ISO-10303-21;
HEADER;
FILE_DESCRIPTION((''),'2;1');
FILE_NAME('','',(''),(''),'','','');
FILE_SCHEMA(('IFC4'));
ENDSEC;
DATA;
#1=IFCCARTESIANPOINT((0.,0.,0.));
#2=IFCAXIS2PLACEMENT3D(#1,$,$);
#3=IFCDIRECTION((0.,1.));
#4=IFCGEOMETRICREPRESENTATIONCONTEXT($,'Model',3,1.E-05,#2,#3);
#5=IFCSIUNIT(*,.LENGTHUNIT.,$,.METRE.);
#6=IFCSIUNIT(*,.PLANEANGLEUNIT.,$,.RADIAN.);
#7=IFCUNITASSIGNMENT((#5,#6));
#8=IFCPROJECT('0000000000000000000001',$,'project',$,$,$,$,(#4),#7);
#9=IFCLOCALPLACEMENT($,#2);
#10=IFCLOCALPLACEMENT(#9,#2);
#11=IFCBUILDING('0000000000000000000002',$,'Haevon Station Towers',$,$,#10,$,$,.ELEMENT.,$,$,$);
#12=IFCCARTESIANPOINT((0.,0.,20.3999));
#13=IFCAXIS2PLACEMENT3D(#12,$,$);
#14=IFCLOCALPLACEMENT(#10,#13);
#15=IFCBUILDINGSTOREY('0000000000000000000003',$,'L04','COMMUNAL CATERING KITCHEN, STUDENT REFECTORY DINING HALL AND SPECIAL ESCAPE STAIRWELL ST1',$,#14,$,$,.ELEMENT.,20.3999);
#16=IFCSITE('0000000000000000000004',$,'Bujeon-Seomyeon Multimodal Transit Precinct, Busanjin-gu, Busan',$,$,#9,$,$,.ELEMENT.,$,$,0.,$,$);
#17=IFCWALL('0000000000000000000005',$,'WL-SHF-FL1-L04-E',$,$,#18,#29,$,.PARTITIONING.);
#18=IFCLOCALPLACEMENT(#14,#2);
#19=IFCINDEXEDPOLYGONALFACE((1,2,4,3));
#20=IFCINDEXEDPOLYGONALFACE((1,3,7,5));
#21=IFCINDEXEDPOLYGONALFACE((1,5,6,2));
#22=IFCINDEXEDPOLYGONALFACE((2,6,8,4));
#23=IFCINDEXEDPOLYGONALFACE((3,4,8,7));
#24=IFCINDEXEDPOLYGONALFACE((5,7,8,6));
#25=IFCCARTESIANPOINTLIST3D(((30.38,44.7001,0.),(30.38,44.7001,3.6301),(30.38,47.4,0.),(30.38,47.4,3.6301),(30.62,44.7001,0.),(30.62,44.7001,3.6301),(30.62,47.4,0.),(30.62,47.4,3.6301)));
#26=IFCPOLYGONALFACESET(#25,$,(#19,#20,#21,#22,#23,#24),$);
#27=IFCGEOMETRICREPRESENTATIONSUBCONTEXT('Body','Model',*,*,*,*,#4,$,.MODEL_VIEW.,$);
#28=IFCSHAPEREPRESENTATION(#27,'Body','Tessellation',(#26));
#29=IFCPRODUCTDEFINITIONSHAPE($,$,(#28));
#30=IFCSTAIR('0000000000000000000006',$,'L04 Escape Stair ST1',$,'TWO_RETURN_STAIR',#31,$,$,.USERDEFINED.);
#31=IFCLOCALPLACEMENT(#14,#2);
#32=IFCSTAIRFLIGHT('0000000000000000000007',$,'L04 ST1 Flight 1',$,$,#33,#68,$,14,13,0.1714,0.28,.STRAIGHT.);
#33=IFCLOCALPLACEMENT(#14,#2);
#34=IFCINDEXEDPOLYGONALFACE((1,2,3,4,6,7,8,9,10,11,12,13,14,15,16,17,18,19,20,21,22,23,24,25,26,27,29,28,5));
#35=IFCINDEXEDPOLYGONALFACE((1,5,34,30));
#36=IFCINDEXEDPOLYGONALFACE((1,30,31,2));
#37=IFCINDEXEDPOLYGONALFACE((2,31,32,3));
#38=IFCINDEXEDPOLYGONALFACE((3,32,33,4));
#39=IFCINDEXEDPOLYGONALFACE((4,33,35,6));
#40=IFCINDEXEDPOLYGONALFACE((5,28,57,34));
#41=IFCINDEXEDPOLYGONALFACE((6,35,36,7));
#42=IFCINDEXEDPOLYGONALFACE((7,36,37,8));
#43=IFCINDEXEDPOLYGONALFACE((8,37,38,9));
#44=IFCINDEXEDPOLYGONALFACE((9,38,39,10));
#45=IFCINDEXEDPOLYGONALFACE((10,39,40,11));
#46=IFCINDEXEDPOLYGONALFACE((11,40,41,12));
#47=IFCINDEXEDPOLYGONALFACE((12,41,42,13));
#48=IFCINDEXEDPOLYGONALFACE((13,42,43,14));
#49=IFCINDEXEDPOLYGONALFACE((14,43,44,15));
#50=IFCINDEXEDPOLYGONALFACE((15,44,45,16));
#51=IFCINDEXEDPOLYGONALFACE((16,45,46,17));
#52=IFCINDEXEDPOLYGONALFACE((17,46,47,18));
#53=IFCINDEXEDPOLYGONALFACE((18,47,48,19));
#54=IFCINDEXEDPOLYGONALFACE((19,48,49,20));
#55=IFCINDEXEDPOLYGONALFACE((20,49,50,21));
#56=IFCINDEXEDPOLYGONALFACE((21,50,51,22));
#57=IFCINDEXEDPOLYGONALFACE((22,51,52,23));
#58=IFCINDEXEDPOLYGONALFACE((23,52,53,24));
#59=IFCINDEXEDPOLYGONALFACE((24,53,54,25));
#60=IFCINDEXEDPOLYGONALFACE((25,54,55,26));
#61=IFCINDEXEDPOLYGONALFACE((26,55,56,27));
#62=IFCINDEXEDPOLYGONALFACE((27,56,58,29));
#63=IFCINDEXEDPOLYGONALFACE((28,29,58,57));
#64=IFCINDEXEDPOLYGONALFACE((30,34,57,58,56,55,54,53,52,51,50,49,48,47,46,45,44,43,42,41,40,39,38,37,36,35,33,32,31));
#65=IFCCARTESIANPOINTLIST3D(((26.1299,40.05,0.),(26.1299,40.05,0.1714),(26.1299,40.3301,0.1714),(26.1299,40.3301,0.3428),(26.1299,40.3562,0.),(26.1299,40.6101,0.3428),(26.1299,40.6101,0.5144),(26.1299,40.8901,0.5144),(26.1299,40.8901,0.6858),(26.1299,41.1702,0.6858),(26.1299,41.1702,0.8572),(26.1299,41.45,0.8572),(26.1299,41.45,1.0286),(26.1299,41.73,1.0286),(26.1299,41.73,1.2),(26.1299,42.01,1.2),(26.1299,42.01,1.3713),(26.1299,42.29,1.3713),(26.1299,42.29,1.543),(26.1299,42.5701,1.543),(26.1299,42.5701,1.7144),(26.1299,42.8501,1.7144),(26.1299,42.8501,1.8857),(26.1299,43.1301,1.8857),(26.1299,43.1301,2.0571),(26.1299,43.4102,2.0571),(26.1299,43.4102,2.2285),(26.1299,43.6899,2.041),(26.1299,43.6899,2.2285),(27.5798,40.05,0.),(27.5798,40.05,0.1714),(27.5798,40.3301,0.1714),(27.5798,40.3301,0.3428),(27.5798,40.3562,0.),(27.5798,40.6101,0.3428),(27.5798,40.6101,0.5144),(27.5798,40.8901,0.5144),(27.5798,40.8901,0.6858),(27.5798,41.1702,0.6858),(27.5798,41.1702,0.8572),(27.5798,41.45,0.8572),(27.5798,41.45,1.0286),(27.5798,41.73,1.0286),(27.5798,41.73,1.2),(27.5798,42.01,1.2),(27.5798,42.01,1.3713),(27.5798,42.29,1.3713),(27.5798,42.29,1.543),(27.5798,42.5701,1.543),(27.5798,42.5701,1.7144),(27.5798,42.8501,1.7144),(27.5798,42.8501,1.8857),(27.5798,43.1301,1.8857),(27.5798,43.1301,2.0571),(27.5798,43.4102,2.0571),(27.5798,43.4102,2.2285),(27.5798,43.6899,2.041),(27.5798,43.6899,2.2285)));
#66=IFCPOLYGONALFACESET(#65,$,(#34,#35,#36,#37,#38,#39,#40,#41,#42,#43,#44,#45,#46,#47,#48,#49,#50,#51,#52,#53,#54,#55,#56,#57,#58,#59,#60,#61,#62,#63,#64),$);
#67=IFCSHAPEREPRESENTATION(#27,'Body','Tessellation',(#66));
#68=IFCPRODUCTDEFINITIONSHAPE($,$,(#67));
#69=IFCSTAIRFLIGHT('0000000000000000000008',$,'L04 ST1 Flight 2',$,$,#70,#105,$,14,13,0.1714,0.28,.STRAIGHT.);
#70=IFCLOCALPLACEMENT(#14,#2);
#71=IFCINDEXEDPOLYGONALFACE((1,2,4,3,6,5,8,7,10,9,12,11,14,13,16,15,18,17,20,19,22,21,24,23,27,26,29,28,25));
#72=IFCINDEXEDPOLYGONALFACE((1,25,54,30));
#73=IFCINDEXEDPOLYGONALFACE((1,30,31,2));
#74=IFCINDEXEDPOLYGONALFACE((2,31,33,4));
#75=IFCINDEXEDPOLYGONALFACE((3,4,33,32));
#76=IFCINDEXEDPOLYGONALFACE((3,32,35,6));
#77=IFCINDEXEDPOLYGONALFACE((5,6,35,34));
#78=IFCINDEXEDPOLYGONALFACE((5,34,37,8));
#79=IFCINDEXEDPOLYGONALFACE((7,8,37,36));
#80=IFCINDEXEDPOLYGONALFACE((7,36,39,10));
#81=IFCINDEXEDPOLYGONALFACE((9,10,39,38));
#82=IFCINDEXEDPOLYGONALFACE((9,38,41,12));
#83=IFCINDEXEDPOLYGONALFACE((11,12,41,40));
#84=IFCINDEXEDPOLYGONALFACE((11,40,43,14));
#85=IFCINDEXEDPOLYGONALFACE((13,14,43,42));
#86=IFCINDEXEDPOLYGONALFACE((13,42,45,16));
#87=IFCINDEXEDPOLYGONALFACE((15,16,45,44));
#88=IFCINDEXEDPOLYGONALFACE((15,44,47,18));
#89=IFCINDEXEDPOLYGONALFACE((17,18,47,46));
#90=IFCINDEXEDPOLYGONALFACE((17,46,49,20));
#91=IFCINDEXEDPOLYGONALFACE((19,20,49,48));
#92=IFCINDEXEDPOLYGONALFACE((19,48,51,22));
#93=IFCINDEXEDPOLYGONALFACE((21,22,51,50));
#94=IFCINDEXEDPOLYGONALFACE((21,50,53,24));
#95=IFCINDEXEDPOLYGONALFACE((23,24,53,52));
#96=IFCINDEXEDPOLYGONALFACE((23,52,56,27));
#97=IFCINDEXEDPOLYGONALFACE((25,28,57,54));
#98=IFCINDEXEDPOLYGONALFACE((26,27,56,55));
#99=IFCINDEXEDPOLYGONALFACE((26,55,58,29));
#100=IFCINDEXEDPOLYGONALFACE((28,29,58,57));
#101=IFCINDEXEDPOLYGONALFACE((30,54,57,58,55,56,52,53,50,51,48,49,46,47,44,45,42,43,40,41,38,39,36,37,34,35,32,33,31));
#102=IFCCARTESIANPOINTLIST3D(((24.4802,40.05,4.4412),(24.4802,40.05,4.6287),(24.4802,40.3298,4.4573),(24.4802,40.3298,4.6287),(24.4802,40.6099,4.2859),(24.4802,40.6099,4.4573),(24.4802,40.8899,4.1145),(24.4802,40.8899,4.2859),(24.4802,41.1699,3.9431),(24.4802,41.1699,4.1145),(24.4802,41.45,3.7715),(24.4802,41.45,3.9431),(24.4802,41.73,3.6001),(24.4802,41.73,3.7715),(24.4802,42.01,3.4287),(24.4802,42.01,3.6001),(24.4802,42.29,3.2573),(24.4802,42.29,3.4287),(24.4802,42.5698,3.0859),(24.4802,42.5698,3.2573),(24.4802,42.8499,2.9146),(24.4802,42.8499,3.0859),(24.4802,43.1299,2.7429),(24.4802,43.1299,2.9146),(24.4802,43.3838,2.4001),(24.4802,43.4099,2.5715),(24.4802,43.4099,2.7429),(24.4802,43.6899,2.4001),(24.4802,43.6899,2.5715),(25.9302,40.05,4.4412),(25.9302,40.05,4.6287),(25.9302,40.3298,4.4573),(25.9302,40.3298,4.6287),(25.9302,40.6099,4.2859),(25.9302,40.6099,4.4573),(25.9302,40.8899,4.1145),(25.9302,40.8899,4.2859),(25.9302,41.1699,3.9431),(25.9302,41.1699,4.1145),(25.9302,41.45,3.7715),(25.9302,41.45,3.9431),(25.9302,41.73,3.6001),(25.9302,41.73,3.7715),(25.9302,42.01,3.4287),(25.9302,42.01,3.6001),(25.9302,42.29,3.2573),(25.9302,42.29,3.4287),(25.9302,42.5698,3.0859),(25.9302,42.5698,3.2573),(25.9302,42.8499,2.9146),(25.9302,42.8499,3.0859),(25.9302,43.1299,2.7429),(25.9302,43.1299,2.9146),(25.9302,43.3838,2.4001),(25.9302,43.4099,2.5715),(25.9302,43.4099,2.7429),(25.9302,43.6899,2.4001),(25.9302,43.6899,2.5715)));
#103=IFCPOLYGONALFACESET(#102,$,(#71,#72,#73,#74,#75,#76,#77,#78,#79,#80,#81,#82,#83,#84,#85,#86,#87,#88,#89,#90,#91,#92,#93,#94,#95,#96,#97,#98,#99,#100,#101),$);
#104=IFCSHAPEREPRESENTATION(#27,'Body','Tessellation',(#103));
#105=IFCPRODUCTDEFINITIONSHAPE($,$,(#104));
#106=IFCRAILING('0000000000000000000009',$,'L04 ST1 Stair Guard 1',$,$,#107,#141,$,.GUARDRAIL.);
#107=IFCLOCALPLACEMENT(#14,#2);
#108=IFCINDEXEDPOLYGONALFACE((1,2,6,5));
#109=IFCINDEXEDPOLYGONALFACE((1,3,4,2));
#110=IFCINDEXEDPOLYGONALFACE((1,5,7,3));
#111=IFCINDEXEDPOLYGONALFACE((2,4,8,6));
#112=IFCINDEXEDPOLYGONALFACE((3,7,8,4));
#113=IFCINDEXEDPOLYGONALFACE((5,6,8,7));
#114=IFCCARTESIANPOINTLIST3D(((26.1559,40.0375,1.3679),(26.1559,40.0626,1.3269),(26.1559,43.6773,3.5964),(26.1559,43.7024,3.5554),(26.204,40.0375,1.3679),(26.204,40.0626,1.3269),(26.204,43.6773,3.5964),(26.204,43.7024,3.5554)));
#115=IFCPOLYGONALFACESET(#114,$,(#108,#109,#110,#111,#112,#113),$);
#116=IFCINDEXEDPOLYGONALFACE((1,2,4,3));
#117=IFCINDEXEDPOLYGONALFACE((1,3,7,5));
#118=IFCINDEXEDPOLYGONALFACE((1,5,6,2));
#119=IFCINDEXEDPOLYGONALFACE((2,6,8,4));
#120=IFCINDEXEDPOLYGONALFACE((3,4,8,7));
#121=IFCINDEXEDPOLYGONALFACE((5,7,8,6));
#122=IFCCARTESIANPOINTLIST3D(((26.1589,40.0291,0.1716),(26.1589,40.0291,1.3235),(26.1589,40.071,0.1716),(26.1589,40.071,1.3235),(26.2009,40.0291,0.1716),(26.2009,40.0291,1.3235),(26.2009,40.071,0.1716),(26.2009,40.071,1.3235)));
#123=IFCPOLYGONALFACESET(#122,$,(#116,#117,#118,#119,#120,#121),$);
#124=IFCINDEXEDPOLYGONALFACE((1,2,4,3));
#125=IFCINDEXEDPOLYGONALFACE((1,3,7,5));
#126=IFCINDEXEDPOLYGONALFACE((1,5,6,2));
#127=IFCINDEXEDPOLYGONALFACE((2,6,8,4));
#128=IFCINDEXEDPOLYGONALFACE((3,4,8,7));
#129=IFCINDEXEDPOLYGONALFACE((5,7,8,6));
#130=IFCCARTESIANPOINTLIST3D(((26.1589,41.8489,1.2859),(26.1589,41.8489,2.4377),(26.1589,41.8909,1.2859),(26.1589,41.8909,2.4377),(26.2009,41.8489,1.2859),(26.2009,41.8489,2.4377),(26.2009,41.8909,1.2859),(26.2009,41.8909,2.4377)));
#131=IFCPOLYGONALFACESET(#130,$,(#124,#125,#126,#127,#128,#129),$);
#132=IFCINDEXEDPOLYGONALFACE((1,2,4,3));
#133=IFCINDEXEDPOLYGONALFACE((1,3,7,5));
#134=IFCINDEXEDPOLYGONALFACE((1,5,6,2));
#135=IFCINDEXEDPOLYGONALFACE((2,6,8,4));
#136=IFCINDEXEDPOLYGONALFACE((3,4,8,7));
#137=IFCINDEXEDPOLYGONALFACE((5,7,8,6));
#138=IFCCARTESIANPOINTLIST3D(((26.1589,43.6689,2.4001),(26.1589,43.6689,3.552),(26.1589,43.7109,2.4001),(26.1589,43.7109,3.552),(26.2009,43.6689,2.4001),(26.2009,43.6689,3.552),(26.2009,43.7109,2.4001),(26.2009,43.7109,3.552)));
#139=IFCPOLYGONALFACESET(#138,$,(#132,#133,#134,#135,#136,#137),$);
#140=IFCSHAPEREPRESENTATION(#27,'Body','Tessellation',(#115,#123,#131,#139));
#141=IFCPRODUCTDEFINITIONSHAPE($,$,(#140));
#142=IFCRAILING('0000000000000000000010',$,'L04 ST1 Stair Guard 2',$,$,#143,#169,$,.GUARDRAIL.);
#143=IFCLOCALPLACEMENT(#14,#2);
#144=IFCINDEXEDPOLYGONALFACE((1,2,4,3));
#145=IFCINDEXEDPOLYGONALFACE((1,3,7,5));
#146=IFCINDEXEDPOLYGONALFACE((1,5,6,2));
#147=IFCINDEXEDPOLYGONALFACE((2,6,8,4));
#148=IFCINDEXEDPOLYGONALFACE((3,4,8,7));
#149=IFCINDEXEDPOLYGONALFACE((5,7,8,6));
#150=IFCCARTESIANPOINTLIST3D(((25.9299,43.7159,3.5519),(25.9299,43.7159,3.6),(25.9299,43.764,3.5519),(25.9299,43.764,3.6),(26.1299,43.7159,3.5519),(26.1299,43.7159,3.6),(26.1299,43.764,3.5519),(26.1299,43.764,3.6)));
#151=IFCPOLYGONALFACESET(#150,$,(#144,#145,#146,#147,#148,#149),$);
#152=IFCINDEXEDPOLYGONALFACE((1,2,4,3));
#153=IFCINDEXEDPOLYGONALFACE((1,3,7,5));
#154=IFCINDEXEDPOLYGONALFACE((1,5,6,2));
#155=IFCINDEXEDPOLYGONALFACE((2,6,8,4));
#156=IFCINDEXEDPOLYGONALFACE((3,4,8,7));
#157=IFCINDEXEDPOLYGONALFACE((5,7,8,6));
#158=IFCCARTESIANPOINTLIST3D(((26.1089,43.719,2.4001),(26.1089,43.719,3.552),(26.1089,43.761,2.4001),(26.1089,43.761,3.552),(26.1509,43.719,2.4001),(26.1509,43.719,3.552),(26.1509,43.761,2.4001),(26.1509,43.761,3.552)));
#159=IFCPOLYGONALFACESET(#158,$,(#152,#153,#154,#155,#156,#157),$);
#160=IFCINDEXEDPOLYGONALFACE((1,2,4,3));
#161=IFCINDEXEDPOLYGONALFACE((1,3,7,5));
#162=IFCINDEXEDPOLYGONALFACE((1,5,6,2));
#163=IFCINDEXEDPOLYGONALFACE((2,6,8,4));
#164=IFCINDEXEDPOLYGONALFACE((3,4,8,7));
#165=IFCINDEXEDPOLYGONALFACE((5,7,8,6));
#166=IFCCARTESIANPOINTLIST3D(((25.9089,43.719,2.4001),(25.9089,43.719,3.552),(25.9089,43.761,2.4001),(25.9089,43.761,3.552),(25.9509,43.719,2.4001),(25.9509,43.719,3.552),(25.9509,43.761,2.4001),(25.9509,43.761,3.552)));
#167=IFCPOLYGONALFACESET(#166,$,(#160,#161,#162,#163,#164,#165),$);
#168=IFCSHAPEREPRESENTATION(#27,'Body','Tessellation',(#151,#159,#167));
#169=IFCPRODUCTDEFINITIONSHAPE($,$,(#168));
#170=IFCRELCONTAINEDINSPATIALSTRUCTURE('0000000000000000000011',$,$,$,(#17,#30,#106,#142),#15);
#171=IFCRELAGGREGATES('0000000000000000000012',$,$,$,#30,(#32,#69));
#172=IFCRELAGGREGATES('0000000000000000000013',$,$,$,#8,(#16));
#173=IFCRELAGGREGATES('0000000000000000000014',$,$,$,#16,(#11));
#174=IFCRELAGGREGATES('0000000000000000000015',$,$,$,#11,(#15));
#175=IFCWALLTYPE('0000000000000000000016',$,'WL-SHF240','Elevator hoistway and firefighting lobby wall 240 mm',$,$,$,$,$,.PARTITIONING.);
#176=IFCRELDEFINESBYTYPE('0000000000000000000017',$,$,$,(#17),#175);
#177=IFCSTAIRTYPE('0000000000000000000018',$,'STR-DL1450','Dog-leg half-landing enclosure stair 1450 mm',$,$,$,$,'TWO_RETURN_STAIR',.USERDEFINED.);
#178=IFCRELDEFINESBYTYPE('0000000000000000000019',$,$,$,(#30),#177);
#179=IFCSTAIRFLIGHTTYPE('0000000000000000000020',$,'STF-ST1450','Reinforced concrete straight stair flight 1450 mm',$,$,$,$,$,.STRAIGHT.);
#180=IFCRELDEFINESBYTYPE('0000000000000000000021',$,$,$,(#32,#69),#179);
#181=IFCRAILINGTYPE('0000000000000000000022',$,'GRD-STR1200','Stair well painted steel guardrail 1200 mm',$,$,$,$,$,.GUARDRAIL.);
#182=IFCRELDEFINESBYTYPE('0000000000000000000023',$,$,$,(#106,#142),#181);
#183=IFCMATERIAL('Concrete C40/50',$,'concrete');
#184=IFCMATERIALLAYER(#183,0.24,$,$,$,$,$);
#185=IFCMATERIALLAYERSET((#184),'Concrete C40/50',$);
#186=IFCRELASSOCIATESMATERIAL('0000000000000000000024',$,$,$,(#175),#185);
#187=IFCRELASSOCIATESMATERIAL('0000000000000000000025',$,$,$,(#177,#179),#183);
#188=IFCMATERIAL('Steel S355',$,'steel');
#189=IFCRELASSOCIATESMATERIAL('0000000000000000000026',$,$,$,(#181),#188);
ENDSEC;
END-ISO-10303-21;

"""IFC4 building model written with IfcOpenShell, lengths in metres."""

from ifc_helpers import new_model, si_unit, direction, frame, frame_2d, origin, origin_2d, place, context, subcontext, project, spatial, polyline, rectangle, outline, extrude, material, layer, layer_set, type_object, element, aggregate, save


model = new_model("IFC4")

# Units and contexts
model_context = context("Model", 3, precision=1e-05, world=origin(), true_north=direction((0.0, 1.0)))
body_context = subcontext(model_context, "Body", "Model", "MODEL_VIEW")
ifc_project = project(units=[si_unit("LENGTHUNIT", "METRE"), si_unit("PLANEANGLEUNIT", "RADIAN")], contexts=[model_context])

# Site, building, storey
site_placement = place(None, origin())
site = spatial("IfcSite", under=ifc_project, at=site_placement, Name="Bujeon-Seomyeon Multimodal Transit Precinct, Busanjin-gu, Busan", CompositionType="ELEMENT", RefElevation=0.0)
building_placement = place(site_placement, origin())
building = spatial("IfcBuilding", under=site, at=building_placement, Name="Haevon Station Towers", CompositionType="ELEMENT")
storey_placement = place(building_placement, frame((0.0, 0.0, 20.3999)))
storey = spatial("IfcBuildingStorey", under=building, at=storey_placement, Name="L04", Description="COMMUNAL CATERING KITCHEN, STUDENT REFECTORY DINING HALL AND SPECIAL ESCAPE STAIRWELL ST1", CompositionType="ELEMENT", Elevation=20.3999)

# Shared definitions
ifc_material_1 = material(Name="Steel S355", Category="steel")

# Shared definitions
ifc_material_2 = material(Name="Concrete C40/50", Category="concrete")
ifc_layer_1 = layer(ifc_material_2, 0.24)
ifc_layer_set_1 = layer_set([ifc_layer_1], Name="Concrete C40/50")
wall_type_1 = type_object("IfcWallType", Name="WL-SHF240", Description="Elevator hoistway and firefighting lobby wall 240 mm", PredefinedType="PARTITIONING", material=ifc_layer_set_1)

# Wall
wall_1_placement = place(storey_placement, frame((30.5, 44.7, 0.0), z_axis=(0.0, 0.0, 1.0), x_axis=(0.0, 1.0, 0.0)))
element("IfcWall", 1, at=wall_1_placement, inside=storey, type_object=wall_type_1, Name="WL-SHF-FL1-L04-E", PredefinedType="PARTITIONING", context=body_context, shape_type="SweptSolid", body=[
    extrude(rectangle(XDim=2.7, YDim=0.24, at=frame_2d((1.3501, 0.0))), origin(), (0.0, 0.0, 1.0), 3.6301),
])

# Stair, stair flights
stair_type = type_object("IfcStairType", Name="STR-DL1450", Description="Dog-leg half-landing enclosure stair 1450 mm", ElementType="TWO_RETURN_STAIR", PredefinedType="USERDEFINED", material=ifc_material_2)
stair_placement = place(storey_placement, origin())
stair = element("IfcStair", 2, at=stair_placement, inside=storey, type_object=stair_type, Name="L04 Escape Stair ST1", ObjectType="TWO_RETURN_STAIR", PredefinedType="USERDEFINED")
stair_flight_type = type_object("IfcStairFlightType", Name="STF-ST1450", Description="Reinforced concrete straight stair flight 1450 mm", PredefinedType="STRAIGHT", material=ifc_material_2)
stair_flight_1_placement = place(storey_placement, frame((26.855, 40.05, 0.0), z_axis=(0.0, 0.0, 1.0), x_axis=(0.0, 1.0, 0.0)))
stair_flight_1 = element("IfcStairFlight", 3, at=stair_flight_1_placement, type_object=stair_flight_type, Name="L04 ST1 Flight 1", NumberOfRisers=14, NumberOfTreads=13, PredefinedType="STRAIGHT", RiserHeight=0.1714, TreadLength=0.28, context=body_context, shape_type="SweptSolid", body=[
    extrude(outline(polyline([(0.0, 0.0), (0.0, 0.1714), (0.28, 0.1714), (0.28, 0.3428), (0.5601, 0.3428), (0.5601, 0.5144), (0.8401, 0.5144), (0.8401, 0.6858), (1.1201, 0.6858), (1.1201, 0.8572), (1.3999, 0.8572), (1.3999, 1.0286), (1.6799, 1.0286), (1.6799, 1.2), (1.96, 1.2), (1.96, 1.3713), (2.24, 1.3713), (2.24, 1.543), (2.52, 1.543), (2.52, 1.7144), (2.8, 1.7144), (2.8, 1.8857), (3.0801, 1.8857), (3.0801, 2.0571), (3.3601, 2.0571), (3.3601, 2.2285), (3.6399, 2.2285), (3.6399, 2.3999), (3.6399, 2.041), (0.3062, 0.0), (0.0, 0.0)])), frame((0.0, 0.7251, 0.0), z_axis=(0.0, -1.0, 0.0), x_axis=(1.0, 0.0, 0.0)), (0.0, 0.0, 1.0), 1.45),
])
stair_flight_2_placement = place(storey_placement, frame((25.2051, 43.6899, 2.4001), z_axis=(0.0, 0.0, 1.0), x_axis=(0.0, -1.0, 0.0)))
stair_flight_2 = element("IfcStairFlight", 4, at=stair_flight_2_placement, type_object=stair_flight_type, Name="L04 ST1 Flight 2", NumberOfRisers=14, NumberOfTreads=13, PredefinedType="STRAIGHT", RiserHeight=0.1714, TreadLength=0.28, context=body_context, shape_type="SweptSolid", body=[
    extrude(outline(polyline([(0.0, 0.0), (0.0, 0.1714), (0.28, 0.1714), (0.28, 0.3428), (0.5601, 0.3428), (0.5601, 0.5144), (0.8401, 0.5144), (0.8401, 0.6858), (1.1201, 0.6858), (1.1201, 0.8572), (1.3999, 0.8572), (1.3999, 1.0286), (1.6799, 1.0286), (1.6799, 1.2), (1.96, 1.2), (1.96, 1.3713), (2.24, 1.3713), (2.24, 1.543), (2.52, 1.543), (2.52, 1.7144), (2.8, 1.7144), (2.8, 1.8857), (3.0801, 1.8857), (3.0801, 2.0571), (3.3601, 2.0571), (3.3601, 2.2285), (3.6399, 2.2285), (3.6399, 2.3999), (3.6399, 2.041), (0.3062, 0.0), (0.0, 0.0)])), frame((0.0, 0.7251, 0.0), z_axis=(0.0, -1.0, 0.0), x_axis=(1.0, 0.0, 0.0)), (0.0, 0.0, 1.0), 1.45),
])
aggregate(stair, [stair_flight_1, stair_flight_2])

# Railings
railing_type_1 = type_object("IfcRailingType", Name="GRD-STR1200", Description="Stair well painted steel guardrail 1200 mm", PredefinedType="GUARDRAIL", material=ifc_material_1)
railing_1_placement = place(storey_placement, frame((26.1799, 40.05, 0.1716)))
element("IfcRailing", 5, at=railing_1_placement, inside=storey, type_object=railing_type_1, Name="L04 ST1 Stair Guard 1", PredefinedType="GUARDRAIL", context=body_context, shape_type="SweptSolid", body=[
    extrude(rectangle(XDim=0.0481, YDim=0.0481, at=origin_2d()), frame((0.0, 0.0, 1.1758), z_axis=(0.0, 0.85285, 0.522156), x_axis=(-1.0, 0.0, 0.0)), (0.0, 0.0, 1.0), 4.2678),
    extrude(rectangle(XDim=0.042, YDim=0.042, at=origin_2d()), origin(), (0.0, 0.0, 1.0), 1.1519),
    extrude(rectangle(XDim=0.042, YDim=0.042, at=origin_2d()), frame((0.0, 1.8198, 1.1143)), (0.0, 0.0, 1.0), 1.1519),
    extrude(rectangle(XDim=0.042, YDim=0.042, at=origin_2d()), frame((0.0, 3.6399, 2.2285)), (0.0, 0.0, 1.0), 1.1519),
])
railing_2_placement = place(storey_placement, frame((26.1299, 43.74, 2.4001)))
element("IfcRailing", 6, at=railing_2_placement, inside=storey, type_object=railing_type_1, Name="L04 ST1 Stair Guard 2", PredefinedType="GUARDRAIL", context=body_context, shape_type="SweptSolid", body=[
    extrude(rectangle(XDim=0.0481, YDim=0.0481, at=origin_2d()), frame((0.0, 0.0, 1.1758), z_axis=(-1.0, 0.0, 0.0), x_axis=(0.0, -1.0, 0.0)), (0.0, 0.0, 1.0), 0.2),
    extrude(rectangle(XDim=0.042, YDim=0.042, at=origin_2d()), origin(), (0.0, 0.0, 1.0), 1.1519),
    extrude(rectangle(XDim=0.042, YDim=0.042, at=origin_2d()), frame((-0.2, 0.0, 0.0)), (0.0, 0.0, 1.0), 1.1519),
])

save(model, "model.ifc")
